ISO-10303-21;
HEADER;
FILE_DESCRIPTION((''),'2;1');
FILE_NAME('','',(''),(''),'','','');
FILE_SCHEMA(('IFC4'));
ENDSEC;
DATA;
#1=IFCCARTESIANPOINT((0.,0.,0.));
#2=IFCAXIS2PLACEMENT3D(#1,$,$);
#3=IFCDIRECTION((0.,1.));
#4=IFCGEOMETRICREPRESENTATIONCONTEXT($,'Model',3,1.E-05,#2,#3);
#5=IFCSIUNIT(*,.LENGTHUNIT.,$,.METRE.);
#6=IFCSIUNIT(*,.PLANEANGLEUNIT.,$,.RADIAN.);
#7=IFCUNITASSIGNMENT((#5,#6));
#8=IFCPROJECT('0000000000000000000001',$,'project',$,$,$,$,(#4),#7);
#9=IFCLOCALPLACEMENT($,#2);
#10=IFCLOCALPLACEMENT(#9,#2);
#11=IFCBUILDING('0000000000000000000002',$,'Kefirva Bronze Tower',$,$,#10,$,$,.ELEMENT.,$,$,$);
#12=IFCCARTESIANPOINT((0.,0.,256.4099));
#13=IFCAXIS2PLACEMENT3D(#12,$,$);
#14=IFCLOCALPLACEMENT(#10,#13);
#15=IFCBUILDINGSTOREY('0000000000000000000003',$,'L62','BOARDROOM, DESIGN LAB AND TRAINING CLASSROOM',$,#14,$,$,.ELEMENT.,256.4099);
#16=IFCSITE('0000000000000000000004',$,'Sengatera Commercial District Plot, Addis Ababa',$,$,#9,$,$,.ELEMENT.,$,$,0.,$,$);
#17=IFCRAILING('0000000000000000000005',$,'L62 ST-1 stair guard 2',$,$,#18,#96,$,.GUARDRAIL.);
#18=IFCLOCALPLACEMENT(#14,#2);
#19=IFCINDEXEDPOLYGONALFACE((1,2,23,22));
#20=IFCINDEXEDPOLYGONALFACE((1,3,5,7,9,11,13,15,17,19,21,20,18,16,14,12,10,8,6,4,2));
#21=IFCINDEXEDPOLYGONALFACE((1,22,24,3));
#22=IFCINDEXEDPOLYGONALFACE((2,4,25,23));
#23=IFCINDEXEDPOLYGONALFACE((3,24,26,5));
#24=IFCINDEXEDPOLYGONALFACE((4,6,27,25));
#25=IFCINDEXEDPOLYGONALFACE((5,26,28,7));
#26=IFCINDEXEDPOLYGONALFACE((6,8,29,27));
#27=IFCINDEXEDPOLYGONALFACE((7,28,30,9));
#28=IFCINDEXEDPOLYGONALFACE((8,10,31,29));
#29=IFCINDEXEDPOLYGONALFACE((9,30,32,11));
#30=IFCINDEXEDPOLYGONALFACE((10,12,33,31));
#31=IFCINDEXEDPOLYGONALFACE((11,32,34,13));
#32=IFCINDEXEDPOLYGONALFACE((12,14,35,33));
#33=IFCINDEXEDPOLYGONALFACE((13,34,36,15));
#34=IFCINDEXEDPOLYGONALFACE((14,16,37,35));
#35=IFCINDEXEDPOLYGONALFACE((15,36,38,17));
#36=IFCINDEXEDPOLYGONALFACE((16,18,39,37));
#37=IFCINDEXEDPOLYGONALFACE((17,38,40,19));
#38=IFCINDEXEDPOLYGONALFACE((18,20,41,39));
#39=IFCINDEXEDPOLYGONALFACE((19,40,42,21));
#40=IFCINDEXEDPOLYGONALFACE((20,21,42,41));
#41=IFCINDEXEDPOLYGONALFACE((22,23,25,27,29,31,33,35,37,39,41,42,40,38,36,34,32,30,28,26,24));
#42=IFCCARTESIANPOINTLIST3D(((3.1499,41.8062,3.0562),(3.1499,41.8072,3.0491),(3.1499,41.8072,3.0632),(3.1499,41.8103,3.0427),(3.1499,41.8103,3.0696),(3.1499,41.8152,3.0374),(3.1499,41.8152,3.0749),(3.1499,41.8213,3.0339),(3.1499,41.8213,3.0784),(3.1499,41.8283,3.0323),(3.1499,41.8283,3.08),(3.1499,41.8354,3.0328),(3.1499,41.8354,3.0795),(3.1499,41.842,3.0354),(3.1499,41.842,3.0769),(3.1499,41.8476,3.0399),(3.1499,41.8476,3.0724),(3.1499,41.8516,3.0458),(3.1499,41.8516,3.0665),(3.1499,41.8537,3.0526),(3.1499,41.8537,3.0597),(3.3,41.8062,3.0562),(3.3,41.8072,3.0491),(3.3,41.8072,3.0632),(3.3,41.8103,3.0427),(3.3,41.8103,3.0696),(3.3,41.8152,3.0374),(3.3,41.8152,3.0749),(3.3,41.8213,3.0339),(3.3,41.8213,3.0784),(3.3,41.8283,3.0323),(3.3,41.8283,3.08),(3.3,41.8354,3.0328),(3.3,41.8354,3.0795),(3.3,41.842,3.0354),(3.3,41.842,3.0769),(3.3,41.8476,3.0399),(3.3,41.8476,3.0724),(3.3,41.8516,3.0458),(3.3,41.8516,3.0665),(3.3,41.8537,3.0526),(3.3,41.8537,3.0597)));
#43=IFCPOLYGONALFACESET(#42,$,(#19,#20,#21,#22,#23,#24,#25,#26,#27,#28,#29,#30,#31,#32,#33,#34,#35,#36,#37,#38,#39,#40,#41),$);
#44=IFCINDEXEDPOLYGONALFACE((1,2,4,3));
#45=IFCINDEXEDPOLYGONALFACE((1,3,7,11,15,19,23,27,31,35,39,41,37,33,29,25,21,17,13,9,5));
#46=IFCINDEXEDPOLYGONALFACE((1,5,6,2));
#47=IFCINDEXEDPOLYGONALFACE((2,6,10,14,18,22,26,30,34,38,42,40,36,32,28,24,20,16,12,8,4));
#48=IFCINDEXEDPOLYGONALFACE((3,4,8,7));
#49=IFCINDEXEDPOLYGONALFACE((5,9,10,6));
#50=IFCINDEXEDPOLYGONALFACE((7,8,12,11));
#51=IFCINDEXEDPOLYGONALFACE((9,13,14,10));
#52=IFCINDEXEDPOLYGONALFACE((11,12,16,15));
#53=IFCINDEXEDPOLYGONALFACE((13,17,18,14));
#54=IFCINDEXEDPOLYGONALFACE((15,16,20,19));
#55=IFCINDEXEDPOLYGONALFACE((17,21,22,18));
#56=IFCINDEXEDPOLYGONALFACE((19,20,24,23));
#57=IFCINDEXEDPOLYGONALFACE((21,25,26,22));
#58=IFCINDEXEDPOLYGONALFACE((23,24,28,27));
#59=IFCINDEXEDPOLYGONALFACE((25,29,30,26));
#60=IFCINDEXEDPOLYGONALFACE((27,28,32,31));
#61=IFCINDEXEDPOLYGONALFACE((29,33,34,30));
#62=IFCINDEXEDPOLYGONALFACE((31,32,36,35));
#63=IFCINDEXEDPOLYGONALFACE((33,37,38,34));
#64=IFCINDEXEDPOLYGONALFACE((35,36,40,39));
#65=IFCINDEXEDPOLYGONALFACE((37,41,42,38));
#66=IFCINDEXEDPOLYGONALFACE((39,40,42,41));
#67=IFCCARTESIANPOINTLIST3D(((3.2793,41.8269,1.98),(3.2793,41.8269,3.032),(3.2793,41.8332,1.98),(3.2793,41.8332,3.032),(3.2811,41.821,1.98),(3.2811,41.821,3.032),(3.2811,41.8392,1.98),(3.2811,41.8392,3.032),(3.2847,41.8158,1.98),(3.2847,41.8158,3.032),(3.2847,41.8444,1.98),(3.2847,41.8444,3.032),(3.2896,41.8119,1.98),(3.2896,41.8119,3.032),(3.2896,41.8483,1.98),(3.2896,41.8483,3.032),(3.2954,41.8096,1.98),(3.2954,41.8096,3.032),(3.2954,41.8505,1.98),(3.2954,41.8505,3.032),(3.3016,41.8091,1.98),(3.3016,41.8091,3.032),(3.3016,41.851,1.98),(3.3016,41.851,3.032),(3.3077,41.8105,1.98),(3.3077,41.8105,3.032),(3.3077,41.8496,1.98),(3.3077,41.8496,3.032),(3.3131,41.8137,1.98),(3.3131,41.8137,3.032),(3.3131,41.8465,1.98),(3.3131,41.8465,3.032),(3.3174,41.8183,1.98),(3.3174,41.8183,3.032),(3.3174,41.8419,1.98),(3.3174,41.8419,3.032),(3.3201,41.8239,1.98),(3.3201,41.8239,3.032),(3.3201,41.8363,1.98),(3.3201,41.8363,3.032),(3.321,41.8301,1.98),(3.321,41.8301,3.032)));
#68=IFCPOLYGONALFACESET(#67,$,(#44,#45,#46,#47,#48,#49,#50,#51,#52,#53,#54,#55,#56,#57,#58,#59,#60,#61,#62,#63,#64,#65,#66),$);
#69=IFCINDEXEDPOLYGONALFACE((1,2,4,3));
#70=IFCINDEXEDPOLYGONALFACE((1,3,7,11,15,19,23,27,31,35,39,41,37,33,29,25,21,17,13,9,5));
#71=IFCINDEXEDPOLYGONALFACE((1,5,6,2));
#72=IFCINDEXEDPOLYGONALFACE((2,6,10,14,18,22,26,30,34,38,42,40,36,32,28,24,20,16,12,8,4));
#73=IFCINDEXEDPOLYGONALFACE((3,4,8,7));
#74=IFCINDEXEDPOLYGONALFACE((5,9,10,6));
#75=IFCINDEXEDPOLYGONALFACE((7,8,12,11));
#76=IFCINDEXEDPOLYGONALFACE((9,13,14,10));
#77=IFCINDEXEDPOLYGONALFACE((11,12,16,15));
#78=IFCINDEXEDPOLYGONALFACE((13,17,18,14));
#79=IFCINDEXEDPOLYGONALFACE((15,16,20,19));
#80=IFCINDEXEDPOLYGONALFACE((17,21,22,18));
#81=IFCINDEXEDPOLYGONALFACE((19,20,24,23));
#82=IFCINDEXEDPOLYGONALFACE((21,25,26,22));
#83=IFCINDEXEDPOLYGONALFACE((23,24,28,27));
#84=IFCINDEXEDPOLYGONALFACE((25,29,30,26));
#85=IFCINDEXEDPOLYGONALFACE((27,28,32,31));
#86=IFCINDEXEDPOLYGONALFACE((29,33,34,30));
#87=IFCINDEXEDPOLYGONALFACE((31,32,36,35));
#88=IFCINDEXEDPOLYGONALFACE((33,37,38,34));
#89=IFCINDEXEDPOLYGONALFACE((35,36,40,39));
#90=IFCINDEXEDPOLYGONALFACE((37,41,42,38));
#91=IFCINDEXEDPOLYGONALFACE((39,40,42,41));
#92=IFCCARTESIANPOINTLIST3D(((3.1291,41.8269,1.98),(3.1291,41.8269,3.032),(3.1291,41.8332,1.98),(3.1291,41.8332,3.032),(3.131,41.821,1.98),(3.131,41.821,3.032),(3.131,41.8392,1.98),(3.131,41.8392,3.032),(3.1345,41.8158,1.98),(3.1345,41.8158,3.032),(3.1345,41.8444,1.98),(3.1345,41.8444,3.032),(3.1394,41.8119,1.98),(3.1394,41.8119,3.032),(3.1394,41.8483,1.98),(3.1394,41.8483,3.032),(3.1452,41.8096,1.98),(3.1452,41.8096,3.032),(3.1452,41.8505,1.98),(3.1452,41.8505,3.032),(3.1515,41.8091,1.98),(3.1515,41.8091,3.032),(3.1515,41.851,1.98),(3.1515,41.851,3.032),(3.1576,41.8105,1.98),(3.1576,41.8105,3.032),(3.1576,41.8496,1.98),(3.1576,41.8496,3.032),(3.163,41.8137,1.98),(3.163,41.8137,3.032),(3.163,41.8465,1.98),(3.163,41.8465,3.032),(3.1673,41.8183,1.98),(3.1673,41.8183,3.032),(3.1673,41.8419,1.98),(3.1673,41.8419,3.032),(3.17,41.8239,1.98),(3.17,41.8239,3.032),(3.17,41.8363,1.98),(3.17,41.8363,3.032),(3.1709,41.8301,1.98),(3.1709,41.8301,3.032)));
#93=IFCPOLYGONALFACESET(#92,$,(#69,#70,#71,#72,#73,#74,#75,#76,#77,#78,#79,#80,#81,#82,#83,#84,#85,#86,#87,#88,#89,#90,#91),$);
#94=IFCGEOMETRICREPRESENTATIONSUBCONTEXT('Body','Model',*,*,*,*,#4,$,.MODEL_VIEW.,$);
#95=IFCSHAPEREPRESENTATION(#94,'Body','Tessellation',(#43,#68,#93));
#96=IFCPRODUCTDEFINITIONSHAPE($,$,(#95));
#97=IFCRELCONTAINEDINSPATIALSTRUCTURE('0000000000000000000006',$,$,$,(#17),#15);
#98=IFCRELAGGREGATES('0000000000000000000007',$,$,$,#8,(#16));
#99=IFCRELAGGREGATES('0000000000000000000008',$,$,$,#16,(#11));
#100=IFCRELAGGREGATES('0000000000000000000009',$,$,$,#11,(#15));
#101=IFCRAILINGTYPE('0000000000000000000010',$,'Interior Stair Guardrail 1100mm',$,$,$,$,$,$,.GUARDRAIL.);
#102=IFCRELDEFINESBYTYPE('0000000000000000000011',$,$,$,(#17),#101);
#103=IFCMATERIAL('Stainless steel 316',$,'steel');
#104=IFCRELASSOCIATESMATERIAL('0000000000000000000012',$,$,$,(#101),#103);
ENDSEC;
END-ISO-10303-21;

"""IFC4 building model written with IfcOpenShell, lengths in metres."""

from ifc_helpers import new_model, si_unit, direction, frame, origin, origin_2d, place, context, subcontext, project, spatial, circle, extrude, material, type_object, element, save


model = new_model("IFC4")

# Units and contexts
model_context = context("Model", 3, precision=1e-05, world=origin(), true_north=direction((0.0, 1.0)))
body_context = subcontext(model_context, "Body", "Model", "MODEL_VIEW")
ifc_project = project(units=[si_unit("LENGTHUNIT", "METRE"), si_unit("PLANEANGLEUNIT", "RADIAN")], contexts=[model_context])

# Site, building, storey
site_placement = place(None, origin())
site = spatial("IfcSite", under=ifc_project, at=site_placement, Name="Sengatera Commercial District Plot, Addis Ababa", CompositionType="ELEMENT", RefElevation=0.0)
building_placement = place(site_placement, origin())
building = spatial("IfcBuilding", under=site, at=building_placement, Name="Kefirva Bronze Tower", CompositionType="ELEMENT")
storey_placement = place(building_placement, frame((0.0, 0.0, 256.4099)))
storey = spatial("IfcBuildingStorey", under=building, at=storey_placement, Name="L62", Description="BOARDROOM, DESIGN LAB AND TRAINING CLASSROOM", CompositionType="ELEMENT", Elevation=256.4099)

# Railing
ifc_material_1 = material(Name="Stainless steel 316", Category="steel")
railing_type_1 = type_object("IfcRailingType", Name="Interior Stair Guardrail 1100mm", PredefinedType="GUARDRAIL", material=ifc_material_1)
railing_1_placement = place(storey_placement, frame((3.3, 41.8301, 1.98)))
element("IfcRailing", 1, at=railing_1_placement, inside=storey, type_object=railing_type_1, Name="L62 ST-1 stair guard 2", PredefinedType="GUARDRAIL", context=body_context, shape_type="SweptSolid", body=[
    extrude(circle(Radius=0.0239, at=origin_2d()), frame((0.0, 0.0, 1.0762), z_axis=(-1.0, 0.0, 0.0), x_axis=(0.0, -1.0, 0.0)), (0.0, 0.0, 1.0), 0.1501),
    extrude(circle(Radius=0.021, at=origin_2d()), origin(), (0.0, 0.0, 1.0), 1.052),
    extrude(circle(Radius=0.021, at=origin_2d()), frame((-0.1501, 0.0, 0.0)), (0.0, 0.0, 1.0), 1.052),
])

save(model, "model.ifc")
